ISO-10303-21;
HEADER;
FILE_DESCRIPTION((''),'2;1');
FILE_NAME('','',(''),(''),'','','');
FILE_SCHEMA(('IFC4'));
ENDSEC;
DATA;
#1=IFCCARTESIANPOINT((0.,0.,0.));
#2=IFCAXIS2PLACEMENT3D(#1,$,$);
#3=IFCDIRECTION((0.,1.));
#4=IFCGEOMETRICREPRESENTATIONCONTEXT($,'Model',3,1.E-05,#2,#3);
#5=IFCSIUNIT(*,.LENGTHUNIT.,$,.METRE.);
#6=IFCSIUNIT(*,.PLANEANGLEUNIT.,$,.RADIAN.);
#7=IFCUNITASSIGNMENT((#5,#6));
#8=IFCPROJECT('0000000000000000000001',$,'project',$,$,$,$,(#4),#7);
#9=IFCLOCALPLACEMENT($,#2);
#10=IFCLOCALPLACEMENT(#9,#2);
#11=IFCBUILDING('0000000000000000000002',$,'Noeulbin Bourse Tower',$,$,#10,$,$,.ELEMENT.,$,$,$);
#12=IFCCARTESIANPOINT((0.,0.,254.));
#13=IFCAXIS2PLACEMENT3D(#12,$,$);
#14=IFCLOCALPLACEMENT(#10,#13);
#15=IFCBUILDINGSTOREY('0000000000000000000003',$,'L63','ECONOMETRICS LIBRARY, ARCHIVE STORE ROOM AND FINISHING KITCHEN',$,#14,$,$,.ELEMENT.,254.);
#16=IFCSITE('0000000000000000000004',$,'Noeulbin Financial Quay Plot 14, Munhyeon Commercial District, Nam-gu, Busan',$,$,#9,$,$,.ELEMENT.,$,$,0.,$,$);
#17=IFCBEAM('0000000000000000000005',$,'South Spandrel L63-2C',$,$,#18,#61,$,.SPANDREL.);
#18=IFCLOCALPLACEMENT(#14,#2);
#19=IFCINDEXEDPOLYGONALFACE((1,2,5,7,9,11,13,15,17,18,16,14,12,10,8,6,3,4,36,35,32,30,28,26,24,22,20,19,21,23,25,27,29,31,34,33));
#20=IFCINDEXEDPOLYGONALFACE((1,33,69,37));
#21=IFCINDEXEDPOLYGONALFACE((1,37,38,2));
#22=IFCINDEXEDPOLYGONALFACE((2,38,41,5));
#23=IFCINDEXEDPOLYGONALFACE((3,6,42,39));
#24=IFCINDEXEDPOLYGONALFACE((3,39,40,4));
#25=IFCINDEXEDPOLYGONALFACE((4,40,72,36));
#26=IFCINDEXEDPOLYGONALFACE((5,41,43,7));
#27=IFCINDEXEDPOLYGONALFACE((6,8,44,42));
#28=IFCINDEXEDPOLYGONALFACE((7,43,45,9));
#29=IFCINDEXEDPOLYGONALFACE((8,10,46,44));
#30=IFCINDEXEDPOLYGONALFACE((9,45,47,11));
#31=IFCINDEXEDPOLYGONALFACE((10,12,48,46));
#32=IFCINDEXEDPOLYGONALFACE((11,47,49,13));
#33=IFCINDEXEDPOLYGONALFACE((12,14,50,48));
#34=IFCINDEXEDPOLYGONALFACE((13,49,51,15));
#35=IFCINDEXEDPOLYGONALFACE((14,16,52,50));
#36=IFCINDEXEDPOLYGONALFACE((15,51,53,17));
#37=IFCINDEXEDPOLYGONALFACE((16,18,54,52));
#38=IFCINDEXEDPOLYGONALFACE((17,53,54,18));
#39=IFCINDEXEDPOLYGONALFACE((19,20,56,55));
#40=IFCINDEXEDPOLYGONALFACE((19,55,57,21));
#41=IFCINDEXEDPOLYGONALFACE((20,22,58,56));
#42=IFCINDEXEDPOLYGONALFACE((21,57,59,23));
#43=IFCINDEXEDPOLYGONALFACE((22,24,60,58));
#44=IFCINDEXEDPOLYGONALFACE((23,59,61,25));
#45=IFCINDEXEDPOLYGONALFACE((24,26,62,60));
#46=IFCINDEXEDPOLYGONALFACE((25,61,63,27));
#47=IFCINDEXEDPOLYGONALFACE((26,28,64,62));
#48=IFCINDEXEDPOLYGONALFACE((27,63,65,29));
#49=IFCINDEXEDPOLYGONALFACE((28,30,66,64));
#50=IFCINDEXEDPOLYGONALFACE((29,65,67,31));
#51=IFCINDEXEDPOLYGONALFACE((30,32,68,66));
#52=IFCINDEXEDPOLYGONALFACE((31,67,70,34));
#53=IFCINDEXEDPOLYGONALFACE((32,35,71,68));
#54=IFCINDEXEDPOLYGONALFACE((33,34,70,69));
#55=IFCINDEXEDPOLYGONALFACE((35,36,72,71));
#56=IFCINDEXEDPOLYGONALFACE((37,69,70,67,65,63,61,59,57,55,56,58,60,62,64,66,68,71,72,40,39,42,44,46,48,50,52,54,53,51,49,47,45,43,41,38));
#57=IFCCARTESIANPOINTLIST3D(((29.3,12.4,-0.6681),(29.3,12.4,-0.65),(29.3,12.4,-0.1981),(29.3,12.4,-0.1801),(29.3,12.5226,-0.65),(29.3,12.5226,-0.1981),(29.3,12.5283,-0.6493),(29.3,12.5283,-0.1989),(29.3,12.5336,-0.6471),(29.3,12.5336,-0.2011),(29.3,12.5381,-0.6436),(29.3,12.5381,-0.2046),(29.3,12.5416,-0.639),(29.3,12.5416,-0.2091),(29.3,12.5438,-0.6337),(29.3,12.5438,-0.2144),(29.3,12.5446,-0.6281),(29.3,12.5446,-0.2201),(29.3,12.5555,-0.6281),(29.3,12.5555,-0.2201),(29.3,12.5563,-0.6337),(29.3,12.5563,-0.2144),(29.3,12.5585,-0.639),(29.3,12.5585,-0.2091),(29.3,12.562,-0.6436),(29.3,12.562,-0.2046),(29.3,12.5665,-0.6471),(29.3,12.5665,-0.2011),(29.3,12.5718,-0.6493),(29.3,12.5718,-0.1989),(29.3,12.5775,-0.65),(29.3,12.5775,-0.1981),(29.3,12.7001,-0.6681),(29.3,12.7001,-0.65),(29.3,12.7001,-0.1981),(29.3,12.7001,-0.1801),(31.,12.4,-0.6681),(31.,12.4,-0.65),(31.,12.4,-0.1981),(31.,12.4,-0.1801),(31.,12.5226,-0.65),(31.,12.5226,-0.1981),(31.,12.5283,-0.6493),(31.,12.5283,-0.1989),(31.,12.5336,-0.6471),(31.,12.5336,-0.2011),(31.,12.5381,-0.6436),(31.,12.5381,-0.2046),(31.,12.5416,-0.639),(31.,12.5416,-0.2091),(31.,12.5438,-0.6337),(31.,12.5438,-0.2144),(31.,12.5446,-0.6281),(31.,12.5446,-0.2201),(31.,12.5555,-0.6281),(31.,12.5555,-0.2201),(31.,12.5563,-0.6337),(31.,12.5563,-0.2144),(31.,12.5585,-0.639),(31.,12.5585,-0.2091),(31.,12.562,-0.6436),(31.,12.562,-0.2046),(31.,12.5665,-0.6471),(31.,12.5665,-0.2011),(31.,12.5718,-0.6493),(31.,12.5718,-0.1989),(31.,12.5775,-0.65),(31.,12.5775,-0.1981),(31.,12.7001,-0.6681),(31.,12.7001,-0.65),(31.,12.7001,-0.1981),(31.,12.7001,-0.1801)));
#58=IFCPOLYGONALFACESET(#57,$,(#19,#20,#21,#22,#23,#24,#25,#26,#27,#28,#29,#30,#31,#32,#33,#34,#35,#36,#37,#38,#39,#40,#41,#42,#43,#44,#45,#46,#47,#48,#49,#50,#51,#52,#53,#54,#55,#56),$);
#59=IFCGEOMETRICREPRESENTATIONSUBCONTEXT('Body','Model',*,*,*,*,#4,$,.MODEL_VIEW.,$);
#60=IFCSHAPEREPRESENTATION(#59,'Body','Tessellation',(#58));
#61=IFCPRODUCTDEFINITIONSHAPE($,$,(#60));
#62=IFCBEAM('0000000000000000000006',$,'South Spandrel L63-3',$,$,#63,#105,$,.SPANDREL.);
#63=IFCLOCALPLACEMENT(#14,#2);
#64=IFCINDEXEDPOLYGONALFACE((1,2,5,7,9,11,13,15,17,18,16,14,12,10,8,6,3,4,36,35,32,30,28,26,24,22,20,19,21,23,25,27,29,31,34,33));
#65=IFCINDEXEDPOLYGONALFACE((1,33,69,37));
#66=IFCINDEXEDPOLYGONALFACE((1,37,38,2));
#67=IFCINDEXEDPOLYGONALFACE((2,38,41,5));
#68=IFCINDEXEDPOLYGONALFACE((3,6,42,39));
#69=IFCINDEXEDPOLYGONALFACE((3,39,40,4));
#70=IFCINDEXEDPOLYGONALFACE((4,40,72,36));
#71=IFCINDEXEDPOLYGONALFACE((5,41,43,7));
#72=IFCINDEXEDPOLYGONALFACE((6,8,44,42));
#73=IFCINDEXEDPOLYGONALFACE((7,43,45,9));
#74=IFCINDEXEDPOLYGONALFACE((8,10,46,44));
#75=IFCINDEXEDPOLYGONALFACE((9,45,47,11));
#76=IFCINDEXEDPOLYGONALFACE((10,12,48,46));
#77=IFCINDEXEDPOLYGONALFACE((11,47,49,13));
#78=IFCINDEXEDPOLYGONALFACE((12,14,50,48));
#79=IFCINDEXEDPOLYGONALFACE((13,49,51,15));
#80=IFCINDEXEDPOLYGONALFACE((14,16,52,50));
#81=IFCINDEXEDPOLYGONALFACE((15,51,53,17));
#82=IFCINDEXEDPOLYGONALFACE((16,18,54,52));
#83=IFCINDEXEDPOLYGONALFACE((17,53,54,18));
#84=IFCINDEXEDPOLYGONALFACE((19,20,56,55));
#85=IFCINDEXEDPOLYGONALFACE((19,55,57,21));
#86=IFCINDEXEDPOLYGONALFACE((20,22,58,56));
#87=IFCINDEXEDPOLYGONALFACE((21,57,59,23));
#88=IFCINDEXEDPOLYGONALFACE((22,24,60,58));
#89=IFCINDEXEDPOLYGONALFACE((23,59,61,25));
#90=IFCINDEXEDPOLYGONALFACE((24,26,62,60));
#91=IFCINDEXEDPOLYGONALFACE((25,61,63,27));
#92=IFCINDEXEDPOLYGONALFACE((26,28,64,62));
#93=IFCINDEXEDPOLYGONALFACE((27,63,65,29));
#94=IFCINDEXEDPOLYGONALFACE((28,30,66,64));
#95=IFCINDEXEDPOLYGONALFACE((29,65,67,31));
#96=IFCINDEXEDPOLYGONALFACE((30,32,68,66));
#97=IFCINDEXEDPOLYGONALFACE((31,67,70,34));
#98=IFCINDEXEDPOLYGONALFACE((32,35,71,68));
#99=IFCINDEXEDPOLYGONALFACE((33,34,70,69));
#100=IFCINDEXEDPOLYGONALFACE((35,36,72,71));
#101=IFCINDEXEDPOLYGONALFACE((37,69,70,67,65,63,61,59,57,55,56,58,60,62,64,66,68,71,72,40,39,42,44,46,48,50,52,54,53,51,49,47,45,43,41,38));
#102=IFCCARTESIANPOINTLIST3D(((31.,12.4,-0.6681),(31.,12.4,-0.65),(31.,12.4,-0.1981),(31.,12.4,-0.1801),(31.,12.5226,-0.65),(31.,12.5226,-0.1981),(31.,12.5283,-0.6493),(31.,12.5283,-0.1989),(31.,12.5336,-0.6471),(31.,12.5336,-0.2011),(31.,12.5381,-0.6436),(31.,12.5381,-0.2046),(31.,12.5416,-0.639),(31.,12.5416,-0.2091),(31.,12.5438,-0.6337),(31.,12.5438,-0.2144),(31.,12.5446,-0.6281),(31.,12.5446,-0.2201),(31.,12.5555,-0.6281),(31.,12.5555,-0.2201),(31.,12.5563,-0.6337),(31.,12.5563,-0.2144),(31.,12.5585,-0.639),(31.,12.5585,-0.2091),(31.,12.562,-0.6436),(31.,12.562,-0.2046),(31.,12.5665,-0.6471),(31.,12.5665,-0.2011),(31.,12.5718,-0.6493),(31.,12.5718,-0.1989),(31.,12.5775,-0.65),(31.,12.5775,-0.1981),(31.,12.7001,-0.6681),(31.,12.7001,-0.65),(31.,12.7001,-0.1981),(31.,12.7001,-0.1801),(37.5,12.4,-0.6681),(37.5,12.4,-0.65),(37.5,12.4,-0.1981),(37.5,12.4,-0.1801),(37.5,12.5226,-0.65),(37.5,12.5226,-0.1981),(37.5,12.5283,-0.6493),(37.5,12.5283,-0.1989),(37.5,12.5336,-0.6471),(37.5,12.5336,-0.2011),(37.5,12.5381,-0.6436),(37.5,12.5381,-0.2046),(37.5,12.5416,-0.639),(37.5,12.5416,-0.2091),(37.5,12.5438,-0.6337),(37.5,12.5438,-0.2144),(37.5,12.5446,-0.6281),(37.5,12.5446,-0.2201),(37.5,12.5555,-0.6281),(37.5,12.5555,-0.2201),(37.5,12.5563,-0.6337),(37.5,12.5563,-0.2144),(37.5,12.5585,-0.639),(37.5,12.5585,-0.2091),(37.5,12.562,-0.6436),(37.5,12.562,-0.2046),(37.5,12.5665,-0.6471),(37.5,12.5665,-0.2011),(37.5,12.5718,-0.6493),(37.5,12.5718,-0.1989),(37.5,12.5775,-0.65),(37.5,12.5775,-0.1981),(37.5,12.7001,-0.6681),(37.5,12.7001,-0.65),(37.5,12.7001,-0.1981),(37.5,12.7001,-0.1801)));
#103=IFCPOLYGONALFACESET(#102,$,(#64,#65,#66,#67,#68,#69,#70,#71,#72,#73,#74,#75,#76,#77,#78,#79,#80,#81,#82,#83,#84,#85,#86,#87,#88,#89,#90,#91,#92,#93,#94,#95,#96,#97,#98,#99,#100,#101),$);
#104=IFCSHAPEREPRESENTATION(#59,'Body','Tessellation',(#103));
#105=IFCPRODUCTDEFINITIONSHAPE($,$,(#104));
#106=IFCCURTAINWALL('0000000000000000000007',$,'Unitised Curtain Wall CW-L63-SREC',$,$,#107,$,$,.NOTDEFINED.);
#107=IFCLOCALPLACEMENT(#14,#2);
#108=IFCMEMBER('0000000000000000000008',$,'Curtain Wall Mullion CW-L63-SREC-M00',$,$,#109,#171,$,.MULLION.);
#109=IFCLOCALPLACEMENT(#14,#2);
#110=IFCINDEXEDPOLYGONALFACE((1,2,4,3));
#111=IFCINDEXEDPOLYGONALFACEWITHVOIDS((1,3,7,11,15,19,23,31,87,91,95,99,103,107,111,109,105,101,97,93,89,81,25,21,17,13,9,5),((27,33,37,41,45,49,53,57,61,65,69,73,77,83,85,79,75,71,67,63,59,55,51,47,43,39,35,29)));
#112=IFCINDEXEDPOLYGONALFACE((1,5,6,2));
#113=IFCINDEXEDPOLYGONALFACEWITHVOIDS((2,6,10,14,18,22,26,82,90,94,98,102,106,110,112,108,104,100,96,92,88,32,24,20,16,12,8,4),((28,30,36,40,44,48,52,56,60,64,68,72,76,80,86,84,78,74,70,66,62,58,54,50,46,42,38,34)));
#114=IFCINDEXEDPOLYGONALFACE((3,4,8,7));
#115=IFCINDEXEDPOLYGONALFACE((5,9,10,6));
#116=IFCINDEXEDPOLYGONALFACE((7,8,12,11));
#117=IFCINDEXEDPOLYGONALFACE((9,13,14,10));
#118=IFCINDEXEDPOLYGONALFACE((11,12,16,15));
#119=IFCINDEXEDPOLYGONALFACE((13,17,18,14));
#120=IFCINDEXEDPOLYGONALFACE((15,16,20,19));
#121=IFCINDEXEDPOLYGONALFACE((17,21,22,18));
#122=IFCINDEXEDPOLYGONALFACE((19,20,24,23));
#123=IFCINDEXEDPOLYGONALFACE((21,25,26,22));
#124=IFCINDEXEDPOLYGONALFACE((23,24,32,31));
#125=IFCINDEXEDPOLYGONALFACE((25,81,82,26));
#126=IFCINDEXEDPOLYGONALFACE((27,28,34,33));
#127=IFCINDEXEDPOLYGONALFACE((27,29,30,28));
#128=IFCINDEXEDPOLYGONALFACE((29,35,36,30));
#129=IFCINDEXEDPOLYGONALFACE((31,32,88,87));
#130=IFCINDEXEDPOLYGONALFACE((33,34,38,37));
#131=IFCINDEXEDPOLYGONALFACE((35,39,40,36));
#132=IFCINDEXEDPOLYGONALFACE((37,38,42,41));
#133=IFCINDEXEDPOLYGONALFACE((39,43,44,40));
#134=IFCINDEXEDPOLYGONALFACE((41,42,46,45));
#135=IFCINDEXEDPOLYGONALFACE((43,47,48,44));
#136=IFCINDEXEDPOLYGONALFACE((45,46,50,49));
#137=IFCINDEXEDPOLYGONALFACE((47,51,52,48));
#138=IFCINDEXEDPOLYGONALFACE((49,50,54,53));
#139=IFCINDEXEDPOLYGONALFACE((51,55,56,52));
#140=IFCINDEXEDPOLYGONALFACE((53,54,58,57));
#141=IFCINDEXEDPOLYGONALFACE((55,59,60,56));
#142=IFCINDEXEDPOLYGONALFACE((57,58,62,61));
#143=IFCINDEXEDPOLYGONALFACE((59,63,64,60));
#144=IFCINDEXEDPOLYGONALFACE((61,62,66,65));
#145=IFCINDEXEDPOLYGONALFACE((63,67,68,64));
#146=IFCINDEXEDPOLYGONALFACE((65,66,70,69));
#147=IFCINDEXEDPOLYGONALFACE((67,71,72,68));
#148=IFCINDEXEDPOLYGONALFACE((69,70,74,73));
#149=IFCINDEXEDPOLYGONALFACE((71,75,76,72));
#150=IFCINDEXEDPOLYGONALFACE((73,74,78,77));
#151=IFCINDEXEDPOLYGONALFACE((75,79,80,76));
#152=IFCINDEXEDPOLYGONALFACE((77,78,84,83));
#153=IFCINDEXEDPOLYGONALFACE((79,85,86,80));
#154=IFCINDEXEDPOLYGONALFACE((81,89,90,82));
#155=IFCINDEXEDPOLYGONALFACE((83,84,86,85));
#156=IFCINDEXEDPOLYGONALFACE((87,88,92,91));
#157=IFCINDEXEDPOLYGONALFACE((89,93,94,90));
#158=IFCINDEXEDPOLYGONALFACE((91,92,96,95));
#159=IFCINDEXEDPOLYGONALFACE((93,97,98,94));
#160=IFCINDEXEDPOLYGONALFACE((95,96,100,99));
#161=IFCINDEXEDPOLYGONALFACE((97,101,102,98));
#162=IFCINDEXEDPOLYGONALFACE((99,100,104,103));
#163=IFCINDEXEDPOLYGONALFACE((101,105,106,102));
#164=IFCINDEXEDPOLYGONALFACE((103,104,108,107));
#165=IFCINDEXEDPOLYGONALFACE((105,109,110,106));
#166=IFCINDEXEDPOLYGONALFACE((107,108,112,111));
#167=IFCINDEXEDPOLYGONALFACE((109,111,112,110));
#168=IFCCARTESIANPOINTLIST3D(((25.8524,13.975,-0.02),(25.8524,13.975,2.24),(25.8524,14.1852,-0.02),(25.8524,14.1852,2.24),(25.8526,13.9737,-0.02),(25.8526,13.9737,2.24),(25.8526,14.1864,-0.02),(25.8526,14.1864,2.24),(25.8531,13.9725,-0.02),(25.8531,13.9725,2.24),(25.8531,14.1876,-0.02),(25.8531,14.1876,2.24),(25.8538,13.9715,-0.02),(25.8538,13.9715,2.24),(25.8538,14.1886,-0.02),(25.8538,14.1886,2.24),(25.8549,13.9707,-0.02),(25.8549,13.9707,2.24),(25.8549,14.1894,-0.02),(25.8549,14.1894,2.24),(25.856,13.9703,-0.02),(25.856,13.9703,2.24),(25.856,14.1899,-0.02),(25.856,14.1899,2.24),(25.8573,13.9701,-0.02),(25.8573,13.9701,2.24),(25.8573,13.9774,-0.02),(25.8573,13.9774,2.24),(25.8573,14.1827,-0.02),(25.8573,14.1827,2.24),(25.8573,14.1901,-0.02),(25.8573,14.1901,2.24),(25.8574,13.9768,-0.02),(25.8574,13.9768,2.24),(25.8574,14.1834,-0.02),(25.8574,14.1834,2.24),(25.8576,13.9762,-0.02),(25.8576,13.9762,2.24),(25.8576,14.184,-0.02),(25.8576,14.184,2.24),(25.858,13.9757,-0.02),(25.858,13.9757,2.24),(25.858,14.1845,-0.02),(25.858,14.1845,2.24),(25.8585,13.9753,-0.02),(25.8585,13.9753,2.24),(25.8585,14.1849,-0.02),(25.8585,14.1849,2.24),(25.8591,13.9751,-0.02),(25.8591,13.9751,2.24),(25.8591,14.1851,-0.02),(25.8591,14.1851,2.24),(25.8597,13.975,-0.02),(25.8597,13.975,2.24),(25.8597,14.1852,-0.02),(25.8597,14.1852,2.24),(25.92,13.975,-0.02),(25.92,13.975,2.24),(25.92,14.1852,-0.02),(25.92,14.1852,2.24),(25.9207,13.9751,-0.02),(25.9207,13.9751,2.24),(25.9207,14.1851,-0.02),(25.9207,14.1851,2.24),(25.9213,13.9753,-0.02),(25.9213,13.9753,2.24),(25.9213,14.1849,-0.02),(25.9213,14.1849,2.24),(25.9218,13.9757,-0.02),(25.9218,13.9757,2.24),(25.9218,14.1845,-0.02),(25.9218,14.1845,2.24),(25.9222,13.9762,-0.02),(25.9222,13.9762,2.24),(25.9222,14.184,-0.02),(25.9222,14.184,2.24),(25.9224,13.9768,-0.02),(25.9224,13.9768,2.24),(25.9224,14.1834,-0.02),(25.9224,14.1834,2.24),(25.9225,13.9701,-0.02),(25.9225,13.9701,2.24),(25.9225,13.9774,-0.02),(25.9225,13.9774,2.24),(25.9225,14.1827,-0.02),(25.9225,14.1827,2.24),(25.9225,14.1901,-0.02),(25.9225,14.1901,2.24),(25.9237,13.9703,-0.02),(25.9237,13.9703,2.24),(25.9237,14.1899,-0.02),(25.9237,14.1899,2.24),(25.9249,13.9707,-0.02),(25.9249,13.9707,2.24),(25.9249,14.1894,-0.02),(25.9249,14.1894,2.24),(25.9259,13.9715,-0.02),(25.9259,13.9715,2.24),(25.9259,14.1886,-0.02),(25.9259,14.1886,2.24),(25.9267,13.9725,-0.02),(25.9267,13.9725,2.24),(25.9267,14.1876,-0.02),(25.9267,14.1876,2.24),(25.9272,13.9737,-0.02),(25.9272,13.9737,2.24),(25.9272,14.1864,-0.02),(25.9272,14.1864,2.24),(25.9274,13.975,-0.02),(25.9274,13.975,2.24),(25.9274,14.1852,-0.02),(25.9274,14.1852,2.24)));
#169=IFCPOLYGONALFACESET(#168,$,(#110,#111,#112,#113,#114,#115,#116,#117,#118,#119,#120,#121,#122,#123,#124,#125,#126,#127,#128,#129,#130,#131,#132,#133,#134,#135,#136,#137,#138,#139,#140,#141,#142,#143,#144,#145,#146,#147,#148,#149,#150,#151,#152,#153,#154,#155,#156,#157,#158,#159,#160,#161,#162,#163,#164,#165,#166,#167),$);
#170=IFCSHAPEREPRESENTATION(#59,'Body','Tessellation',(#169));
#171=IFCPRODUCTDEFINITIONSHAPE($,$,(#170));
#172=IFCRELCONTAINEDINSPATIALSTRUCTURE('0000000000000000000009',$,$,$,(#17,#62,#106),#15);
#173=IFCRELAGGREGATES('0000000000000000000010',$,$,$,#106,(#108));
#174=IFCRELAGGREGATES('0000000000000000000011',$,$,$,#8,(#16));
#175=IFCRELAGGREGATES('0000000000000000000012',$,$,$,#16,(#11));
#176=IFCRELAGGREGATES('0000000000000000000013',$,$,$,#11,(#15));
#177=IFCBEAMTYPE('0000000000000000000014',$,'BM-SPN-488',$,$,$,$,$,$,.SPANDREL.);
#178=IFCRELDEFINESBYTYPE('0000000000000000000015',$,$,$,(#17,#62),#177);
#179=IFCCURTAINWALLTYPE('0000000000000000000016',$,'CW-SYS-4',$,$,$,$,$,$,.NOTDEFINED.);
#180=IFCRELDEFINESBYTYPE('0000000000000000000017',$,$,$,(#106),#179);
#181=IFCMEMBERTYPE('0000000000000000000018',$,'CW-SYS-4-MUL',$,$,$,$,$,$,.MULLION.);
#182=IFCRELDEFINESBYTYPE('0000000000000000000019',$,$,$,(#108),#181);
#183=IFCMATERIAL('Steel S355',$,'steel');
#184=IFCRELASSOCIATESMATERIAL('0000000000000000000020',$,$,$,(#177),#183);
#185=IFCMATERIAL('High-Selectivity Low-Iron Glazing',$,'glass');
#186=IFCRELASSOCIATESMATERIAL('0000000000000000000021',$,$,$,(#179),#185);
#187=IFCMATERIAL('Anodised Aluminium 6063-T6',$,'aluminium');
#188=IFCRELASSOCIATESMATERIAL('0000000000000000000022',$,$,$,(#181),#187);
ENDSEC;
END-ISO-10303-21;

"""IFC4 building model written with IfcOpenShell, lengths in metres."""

from ifc_helpers import new_model, si_unit, direction, frame, origin, origin_2d, place, context, subcontext, project, spatial, hollow_rectangle, i_section, extrude, material, material_profile, profile_set, type_object, element, aggregate, save


model = new_model("IFC4")

# Units and contexts
model_context = context("Model", 3, precision=1e-05, world=origin(), true_north=direction((0.0, 1.0)))
body_context = subcontext(model_context, "Body", "Model", "MODEL_VIEW")
ifc_project = project(units=[si_unit("LENGTHUNIT", "METRE"), si_unit("PLANEANGLEUNIT", "RADIAN")], contexts=[model_context])

# Site, building, storey
site_placement = place(None, origin())
site = spatial("IfcSite", under=ifc_project, at=site_placement, Name="Noeulbin Financial Quay Plot 14, Munhyeon Commercial District, Nam-gu, Busan", CompositionType="ELEMENT", RefElevation=0.0)
building_placement = place(site_placement, origin())
building = spatial("IfcBuilding", under=site, at=building_placement, Name="Noeulbin Bourse Tower", CompositionType="ELEMENT")
storey_placement = place(building_placement, frame((0.0, 0.0, 254.0)))
storey = spatial("IfcBuildingStorey", under=building, at=storey_placement, Name="L63", Description="ECONOMETRICS LIBRARY, ARCHIVE STORE ROOM AND FINISHING KITCHEN", CompositionType="ELEMENT", Elevation=254.0)

# Shared definitions
ifc_material_1 = material(Name="Steel S355", Category="steel")

# Beams
ifc_material_profile_1 = material_profile(ifc_material_1, i_section(OverallWidth=0.3, OverallDepth=0.488, WebThickness=0.011, FlangeThickness=0.0181, FilletRadius=0.022, at=origin_2d()), Name="H-488x300x11x18", Category="LoadBearing")
ifc_profile_set_1 = profile_set([ifc_material_profile_1], Name="Steel S355")
beam_type_1 = type_object("IfcBeamType", Name="BM-SPN-488", PredefinedType="SPANDREL", material=ifc_profile_set_1)
beam_1_placement = place(storey_placement, frame((29.3, 12.55, -0.4241), z_axis=(1.0, 0.0, 0.0), x_axis=(0.0, 1.0, 0.0)))
element("IfcBeam", 1, at=beam_1_placement, inside=storey, type_object=beam_type_1, Name="South Spandrel L63-2C", PredefinedType="SPANDREL", context=body_context, shape_type="SweptSolid", body=[
    extrude(i_section(OverallWidth=0.3, OverallDepth=0.488, WebThickness=0.011, FlangeThickness=0.0181, FilletRadius=0.022, at=origin_2d()), origin(), (0.0, 0.0, 1.0), 1.7),
])
beam_2_placement = place(storey_placement, frame((31.0, 12.55, -0.4241), z_axis=(1.0, 0.0, 0.0), x_axis=(0.0, 1.0, 0.0)))
element("IfcBeam", 2, at=beam_2_placement, inside=storey, type_object=beam_type_1, Name="South Spandrel L63-3", PredefinedType="SPANDREL", context=body_context, shape_type="SweptSolid", body=[
    extrude(i_section(OverallWidth=0.3, OverallDepth=0.488, WebThickness=0.011, FlangeThickness=0.0181, FilletRadius=0.022, at=origin_2d()), origin(), (0.0, 0.0, 1.0), 6.5),
])

# Curtain wall, member
ifc_material_2 = material(Name="High-Selectivity Low-Iron Glazing", Category="glass")
curtain_wall_type = type_object("IfcCurtainWallType", Name="CW-SYS-4", PredefinedType="NOTDEFINED", material=ifc_material_2)
curtain_wall_1_placement = place(storey_placement, origin())
curtain_wall_1 = element("IfcCurtainWall", 3, at=curtain_wall_1_placement, inside=storey, type_object=curtain_wall_type, Name="Unitised Curtain Wall CW-L63-SREC", PredefinedType="NOTDEFINED")
ifc_material_3 = material(Name="Anodised Aluminium 6063-T6", Category="aluminium")
ifc_material_profile_2 = material_profile(ifc_material_3, hollow_rectangle(XDim=0.075, YDim=0.22, WallThickness=0.0049, InnerFilletRadius=0.0024, OuterFilletRadius=0.0049, at=origin_2d()), Name="ALU-MULL-75x220x5", Category="LoadBearing")
ifc_profile_set_2 = profile_set([ifc_material_profile_2], Name="Anodised Aluminium 6063-T6")
member_type_1 = type_object("IfcMemberType", Name="CW-SYS-4-MUL", PredefinedType="MULLION", material=ifc_profile_set_2)
member_1_placement = place(storey_placement, frame((25.8899, 14.0801, -0.02), z_axis=(0.0, 0.0, 1.0), x_axis=(1.0, 0.0, 0.0)))
member_1 = element("IfcMember", 4, at=member_1_placement, type_object=member_type_1, Name="Curtain Wall Mullion CW-L63-SREC-M00", PredefinedType="MULLION", context=body_context, shape_type="SweptSolid", body=[
    extrude(hollow_rectangle(XDim=0.075, YDim=0.22, WallThickness=0.0049, InnerFilletRadius=0.0024, OuterFilletRadius=0.0049, at=origin_2d()), origin(), (0.0, 0.0, 1.0), 2.26),
])

aggregate(curtain_wall_1, [member_1])

save(model, "model.ifc")
